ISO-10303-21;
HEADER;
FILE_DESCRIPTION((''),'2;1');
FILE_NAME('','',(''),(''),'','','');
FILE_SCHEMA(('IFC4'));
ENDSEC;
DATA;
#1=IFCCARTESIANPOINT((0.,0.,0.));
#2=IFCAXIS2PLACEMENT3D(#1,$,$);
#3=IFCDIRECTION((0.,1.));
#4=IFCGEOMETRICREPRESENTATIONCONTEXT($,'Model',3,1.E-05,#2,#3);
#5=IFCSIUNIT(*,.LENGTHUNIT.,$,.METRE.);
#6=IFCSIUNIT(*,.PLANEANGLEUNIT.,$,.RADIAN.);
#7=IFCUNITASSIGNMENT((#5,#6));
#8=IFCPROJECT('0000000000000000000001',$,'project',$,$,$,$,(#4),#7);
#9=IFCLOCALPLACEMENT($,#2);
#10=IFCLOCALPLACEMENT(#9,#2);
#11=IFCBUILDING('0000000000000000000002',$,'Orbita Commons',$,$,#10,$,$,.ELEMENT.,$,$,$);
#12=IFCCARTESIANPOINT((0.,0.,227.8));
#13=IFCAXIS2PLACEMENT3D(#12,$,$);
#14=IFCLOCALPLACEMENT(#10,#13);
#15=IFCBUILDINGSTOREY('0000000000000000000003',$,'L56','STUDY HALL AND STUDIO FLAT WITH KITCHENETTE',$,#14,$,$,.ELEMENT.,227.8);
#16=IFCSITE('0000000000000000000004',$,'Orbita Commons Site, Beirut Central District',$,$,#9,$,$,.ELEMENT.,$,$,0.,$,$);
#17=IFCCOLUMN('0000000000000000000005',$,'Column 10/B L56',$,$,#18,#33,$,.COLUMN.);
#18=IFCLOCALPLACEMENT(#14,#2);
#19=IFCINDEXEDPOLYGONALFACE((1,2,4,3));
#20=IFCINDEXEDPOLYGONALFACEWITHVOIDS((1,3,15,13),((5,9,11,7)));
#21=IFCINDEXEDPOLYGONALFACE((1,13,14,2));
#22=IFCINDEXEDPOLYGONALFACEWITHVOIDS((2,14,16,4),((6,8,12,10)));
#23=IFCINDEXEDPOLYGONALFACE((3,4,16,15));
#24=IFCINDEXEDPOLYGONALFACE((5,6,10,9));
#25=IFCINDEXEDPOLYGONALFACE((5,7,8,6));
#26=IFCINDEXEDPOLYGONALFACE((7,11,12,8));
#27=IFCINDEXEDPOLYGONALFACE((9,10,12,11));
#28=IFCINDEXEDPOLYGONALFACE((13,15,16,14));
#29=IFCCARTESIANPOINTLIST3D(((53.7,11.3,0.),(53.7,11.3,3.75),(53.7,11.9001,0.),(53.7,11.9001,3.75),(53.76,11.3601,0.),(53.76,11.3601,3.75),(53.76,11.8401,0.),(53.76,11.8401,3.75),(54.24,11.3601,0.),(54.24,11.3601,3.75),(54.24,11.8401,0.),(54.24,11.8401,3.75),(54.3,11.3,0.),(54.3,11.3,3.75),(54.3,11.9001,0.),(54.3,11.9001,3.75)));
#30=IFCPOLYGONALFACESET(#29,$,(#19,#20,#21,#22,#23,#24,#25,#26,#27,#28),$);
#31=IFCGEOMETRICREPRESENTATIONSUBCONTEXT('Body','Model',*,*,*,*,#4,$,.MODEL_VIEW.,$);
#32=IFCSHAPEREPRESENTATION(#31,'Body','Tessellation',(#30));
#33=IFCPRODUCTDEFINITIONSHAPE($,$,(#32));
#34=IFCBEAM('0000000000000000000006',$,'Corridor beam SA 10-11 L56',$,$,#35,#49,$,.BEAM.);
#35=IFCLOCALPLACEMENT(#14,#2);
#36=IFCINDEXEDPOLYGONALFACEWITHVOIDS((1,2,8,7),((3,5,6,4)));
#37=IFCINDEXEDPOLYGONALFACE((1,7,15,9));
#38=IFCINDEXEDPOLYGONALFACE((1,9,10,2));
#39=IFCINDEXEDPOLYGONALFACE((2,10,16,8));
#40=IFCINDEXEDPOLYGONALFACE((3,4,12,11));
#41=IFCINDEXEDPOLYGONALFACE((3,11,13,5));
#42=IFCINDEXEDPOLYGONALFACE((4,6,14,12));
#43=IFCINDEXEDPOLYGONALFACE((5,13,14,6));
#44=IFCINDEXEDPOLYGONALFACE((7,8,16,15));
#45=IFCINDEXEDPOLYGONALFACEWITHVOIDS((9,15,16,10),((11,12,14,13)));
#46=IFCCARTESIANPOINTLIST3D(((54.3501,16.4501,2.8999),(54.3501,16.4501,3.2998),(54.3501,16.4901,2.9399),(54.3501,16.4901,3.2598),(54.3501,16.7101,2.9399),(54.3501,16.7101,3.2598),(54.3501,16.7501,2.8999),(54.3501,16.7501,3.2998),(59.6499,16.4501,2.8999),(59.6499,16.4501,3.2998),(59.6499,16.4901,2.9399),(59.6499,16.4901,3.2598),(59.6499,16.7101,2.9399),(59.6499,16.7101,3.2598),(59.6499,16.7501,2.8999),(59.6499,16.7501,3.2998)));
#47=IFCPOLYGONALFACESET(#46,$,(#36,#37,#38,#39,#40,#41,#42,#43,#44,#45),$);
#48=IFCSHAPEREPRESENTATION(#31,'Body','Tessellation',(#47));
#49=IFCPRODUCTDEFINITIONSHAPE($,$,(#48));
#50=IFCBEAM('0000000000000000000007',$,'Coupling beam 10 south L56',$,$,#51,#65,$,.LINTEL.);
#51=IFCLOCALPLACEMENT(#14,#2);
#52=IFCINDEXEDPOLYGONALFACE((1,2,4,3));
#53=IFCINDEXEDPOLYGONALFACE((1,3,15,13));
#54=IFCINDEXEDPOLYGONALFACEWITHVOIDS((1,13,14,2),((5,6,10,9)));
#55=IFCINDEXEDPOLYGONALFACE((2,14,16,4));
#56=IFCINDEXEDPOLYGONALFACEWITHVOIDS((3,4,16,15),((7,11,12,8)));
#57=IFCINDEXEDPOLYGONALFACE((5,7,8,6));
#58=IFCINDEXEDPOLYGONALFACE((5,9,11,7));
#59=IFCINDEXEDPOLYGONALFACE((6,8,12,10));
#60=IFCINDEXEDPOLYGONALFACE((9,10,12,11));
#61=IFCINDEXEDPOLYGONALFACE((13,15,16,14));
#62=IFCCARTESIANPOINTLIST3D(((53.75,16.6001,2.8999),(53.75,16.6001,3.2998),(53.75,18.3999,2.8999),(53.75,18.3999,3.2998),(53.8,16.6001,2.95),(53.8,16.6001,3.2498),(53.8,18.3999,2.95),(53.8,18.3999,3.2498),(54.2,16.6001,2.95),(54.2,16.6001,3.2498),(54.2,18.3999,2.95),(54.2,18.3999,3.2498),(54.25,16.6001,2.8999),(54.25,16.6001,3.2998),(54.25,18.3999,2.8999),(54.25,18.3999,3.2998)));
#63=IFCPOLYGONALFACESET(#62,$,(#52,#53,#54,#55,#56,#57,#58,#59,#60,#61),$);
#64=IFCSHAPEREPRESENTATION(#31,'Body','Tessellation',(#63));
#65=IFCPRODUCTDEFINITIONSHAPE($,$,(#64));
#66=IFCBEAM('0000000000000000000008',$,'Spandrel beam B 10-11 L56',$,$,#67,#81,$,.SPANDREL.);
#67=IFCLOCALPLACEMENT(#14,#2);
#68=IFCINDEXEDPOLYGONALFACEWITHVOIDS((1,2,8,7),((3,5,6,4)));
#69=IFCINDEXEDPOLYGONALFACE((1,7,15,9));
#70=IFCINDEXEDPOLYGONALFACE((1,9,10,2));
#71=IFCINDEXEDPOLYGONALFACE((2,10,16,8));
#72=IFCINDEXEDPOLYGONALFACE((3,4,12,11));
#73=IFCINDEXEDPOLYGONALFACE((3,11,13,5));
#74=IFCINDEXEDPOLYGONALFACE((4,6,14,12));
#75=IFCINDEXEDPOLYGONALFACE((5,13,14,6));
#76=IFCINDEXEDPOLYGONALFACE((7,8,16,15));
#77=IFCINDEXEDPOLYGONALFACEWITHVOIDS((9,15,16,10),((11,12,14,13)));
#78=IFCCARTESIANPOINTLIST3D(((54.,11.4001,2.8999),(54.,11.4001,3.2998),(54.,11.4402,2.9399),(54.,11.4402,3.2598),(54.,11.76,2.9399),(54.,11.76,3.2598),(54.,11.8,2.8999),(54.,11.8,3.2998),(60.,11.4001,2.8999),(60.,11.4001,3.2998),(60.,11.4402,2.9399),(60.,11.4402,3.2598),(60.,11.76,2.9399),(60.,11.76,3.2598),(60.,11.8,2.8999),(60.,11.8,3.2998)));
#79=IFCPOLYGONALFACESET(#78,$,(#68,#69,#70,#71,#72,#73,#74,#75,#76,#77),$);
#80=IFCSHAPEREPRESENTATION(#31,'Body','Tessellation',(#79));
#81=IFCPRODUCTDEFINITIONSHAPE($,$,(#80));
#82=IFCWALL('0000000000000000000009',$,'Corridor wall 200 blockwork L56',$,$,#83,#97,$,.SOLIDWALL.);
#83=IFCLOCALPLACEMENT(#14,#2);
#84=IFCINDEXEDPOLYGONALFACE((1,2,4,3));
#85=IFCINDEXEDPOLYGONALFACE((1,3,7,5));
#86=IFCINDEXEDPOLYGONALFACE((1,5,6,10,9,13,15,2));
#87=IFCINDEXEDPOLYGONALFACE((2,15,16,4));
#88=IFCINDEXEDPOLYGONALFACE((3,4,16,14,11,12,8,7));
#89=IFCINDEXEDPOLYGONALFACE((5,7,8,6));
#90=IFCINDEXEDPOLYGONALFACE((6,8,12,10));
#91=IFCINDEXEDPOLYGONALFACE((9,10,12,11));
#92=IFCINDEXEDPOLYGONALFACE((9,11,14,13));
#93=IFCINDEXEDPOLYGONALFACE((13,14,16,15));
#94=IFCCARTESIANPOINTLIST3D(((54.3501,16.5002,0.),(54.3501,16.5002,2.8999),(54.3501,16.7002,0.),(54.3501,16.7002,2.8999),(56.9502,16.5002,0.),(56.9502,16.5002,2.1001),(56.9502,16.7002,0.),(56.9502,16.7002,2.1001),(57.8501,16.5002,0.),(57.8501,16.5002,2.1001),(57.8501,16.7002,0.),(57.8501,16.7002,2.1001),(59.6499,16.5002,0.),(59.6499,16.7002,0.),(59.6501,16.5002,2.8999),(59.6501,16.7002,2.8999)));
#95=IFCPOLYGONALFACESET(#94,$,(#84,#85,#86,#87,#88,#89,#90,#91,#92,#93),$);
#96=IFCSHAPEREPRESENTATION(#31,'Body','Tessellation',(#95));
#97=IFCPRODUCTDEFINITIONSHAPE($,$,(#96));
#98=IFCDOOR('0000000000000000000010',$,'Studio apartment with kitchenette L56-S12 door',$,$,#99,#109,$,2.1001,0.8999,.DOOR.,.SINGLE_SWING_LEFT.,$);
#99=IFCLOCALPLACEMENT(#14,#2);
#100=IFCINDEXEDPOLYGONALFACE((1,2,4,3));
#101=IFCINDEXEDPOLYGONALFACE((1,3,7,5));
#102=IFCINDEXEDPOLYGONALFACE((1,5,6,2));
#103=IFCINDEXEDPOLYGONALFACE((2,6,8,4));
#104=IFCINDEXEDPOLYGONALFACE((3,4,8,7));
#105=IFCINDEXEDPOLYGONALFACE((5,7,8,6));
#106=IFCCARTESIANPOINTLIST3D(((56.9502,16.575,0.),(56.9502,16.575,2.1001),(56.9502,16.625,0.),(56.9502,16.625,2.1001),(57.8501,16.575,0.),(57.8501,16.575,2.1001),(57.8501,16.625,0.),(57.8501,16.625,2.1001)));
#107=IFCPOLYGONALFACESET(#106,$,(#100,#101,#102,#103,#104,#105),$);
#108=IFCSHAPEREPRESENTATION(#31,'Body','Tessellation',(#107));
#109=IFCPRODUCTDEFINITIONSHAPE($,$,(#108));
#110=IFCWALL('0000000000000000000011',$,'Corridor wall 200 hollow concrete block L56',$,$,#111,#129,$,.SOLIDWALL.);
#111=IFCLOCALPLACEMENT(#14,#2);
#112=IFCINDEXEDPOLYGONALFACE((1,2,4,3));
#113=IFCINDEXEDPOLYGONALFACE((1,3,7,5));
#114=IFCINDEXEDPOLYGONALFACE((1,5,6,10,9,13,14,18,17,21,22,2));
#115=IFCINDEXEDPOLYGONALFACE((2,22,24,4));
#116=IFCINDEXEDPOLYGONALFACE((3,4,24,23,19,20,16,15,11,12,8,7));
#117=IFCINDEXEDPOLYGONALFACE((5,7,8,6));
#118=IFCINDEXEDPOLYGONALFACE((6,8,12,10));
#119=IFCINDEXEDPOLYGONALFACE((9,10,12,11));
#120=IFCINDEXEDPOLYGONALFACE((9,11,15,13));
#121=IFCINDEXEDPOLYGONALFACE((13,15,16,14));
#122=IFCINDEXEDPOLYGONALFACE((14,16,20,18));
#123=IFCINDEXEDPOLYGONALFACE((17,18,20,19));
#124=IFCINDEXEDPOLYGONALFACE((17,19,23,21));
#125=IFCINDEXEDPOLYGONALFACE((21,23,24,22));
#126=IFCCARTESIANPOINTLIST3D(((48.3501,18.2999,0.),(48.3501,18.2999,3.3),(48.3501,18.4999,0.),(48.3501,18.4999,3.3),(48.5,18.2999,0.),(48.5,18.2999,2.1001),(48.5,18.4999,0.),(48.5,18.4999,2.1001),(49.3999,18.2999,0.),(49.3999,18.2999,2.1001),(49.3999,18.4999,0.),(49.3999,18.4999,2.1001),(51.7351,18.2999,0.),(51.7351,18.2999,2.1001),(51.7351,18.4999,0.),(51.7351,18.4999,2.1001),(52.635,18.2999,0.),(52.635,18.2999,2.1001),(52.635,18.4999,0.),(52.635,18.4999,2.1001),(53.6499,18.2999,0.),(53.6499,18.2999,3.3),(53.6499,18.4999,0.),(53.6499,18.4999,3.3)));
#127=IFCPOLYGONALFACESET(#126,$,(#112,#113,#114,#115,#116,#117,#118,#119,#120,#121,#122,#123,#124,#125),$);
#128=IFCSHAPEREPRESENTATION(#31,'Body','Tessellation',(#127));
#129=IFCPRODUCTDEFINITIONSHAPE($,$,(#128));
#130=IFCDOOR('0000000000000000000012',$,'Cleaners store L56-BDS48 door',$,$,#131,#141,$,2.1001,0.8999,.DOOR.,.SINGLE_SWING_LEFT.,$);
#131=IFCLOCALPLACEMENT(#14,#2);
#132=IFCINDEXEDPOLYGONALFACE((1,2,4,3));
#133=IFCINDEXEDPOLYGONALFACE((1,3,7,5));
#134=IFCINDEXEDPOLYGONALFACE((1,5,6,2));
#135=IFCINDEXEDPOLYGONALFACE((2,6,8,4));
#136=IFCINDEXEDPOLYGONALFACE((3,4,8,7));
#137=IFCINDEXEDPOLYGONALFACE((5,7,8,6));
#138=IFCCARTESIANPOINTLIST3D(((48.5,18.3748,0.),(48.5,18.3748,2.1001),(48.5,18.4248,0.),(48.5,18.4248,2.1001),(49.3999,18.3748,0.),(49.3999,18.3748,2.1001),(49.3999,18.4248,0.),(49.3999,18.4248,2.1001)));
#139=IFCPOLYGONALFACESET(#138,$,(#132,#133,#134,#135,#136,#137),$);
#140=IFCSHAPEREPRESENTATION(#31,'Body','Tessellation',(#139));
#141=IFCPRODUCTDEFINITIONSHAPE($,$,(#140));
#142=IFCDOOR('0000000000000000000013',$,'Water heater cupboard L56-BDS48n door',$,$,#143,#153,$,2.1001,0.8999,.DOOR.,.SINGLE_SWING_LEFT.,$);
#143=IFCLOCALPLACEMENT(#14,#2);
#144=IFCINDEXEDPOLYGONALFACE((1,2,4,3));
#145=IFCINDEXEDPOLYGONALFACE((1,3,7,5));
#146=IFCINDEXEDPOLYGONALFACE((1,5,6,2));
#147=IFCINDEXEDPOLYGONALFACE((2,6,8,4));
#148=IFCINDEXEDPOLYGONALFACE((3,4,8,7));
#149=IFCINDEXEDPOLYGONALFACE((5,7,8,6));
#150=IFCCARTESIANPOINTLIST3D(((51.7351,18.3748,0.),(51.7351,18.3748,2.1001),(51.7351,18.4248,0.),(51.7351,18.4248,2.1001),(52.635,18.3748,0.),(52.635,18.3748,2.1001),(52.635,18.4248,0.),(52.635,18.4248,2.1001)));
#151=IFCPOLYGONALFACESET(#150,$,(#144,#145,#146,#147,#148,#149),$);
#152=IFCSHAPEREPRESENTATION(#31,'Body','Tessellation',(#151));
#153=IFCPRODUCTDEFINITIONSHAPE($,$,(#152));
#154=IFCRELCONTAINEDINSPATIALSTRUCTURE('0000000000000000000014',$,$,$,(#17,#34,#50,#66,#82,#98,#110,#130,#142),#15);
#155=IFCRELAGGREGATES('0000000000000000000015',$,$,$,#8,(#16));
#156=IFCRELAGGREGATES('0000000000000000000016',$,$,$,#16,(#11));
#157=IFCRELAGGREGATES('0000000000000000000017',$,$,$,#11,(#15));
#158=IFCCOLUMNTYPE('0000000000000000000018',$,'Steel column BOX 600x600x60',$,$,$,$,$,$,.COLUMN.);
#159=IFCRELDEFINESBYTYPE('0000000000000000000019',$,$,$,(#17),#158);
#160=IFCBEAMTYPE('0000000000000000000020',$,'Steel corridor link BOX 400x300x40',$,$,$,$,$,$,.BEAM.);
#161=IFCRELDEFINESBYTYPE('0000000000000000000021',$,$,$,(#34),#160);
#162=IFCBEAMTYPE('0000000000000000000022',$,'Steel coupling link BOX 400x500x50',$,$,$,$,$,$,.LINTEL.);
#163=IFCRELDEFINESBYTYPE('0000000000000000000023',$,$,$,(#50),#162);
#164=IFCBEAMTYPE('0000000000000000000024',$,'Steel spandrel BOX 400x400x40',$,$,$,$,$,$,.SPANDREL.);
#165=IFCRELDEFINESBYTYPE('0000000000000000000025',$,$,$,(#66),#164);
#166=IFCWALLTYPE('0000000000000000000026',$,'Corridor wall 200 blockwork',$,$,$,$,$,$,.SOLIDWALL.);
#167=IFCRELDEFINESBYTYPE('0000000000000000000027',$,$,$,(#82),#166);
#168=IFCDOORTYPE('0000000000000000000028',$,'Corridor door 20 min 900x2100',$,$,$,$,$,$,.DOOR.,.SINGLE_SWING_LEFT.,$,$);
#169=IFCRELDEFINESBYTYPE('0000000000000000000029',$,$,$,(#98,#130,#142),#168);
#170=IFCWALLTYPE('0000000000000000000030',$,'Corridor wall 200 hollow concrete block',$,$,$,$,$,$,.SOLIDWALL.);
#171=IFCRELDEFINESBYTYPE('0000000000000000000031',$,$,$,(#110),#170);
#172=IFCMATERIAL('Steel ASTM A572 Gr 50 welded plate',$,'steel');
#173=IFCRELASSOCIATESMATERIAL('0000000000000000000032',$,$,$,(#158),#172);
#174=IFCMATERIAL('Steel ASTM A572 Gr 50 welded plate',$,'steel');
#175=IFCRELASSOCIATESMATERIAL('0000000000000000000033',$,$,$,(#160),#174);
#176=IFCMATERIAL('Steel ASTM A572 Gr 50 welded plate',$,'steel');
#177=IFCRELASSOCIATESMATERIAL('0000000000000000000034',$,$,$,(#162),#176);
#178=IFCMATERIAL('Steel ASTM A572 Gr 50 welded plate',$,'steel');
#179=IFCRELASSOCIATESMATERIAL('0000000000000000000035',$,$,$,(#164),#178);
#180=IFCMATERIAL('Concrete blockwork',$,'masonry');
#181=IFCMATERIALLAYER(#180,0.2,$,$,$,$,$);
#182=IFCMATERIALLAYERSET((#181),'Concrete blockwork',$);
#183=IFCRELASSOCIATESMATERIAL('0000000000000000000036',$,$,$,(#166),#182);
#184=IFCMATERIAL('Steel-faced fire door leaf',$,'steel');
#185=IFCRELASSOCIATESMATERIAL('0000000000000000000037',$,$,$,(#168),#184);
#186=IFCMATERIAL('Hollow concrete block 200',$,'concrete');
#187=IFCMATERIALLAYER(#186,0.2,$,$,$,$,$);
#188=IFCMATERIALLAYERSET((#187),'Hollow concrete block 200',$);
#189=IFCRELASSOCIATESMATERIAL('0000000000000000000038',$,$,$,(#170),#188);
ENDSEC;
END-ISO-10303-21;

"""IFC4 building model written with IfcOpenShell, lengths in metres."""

from ifc_helpers import new_model, si_unit, direction, frame, frame_2d, origin, origin_2d, place, context, subcontext, project, spatial, polyline, rectangle, hollow_rectangle, outline, extrude, material, layer, layer_set, material_profile, profile_set, type_object, element, fill, save


model = new_model("IFC4")

# Units and contexts
model_context = context("Model", 3, precision=1e-05, world=origin(), true_north=direction((0.0, 1.0)))
body_context = subcontext(model_context, "Body", "Model", "MODEL_VIEW")
ifc_project = project(units=[si_unit("LENGTHUNIT", "METRE"), si_unit("PLANEANGLEUNIT", "RADIAN")], contexts=[model_context])

# Site, building, storey
site_placement = place(None, origin())
site = spatial("IfcSite", under=ifc_project, at=site_placement, Name="Orbita Commons Site, Beirut Central District", CompositionType="ELEMENT", RefElevation=0.0)
building_placement = place(site_placement, origin())
building = spatial("IfcBuilding", under=site, at=building_placement, Name="Orbita Commons", CompositionType="ELEMENT")
storey_placement = place(building_placement, frame((0.0, 0.0, 227.8)))
storey = spatial("IfcBuildingStorey", under=building, at=storey_placement, Name="L56", Description="STUDY HALL AND STUDIO FLAT WITH KITCHENETTE", CompositionType="ELEMENT", Elevation=227.8)

# Column
ifc_material_1 = material(Name="Steel ASTM A572 Gr 50 welded plate", Category="steel")
ifc_material_profile_1 = material_profile(ifc_material_1, hollow_rectangle(XDim=0.6001, YDim=0.6001, WallThickness=0.0601, at=origin_2d()), Name="BOX 600x600x60")
ifc_profile_set_1 = profile_set([ifc_material_profile_1], Name="Steel ASTM A572 Gr 50 welded plate")
column_type = type_object("IfcColumnType", Name="Steel column BOX 600x600x60", PredefinedType="COLUMN", material=ifc_profile_set_1)
column_placement = place(storey_placement, frame((54.0, 11.6001, 0.0), z_axis=(0.0, 0.0, 1.0), x_axis=(1.0, 0.0, 0.0)))
element("IfcColumn", 1, at=column_placement, inside=storey, type_object=column_type, Name="Column 10/B L56", PredefinedType="COLUMN", context=body_context, shape_type="SweptSolid", body=[
    extrude(hollow_rectangle(XDim=0.6001, YDim=0.6001, WallThickness=0.0601, at=origin_2d()), origin(), (0.0, 0.0, 1.0), 3.75),
])

# Beams
ifc_material_2 = material(Name="Steel ASTM A572 Gr 50 welded plate", Category="steel")
ifc_material_profile_2 = material_profile(ifc_material_2, hollow_rectangle(XDim=0.3, YDim=0.3999, WallThickness=0.04, at=origin_2d()), Name="BOX 400x300x40")
ifc_profile_set_2 = profile_set([ifc_material_profile_2], Name="Steel ASTM A572 Gr 50 welded plate")
beam_type_1 = type_object("IfcBeamType", Name="Steel corridor link BOX 400x300x40", PredefinedType="BEAM", material=ifc_profile_set_2)
beam_1_placement = place(storey_placement, frame((54.3501, 16.6001, 3.0999), z_axis=(1.0, 0.0, 0.0), x_axis=(0.0, 1.0, 0.0)))
element("IfcBeam", 2, at=beam_1_placement, inside=storey, type_object=beam_type_1, Name="Corridor beam SA 10-11 L56", PredefinedType="BEAM", context=body_context, shape_type="SweptSolid", body=[
    extrude(hollow_rectangle(XDim=0.3, YDim=0.3999, WallThickness=0.04, at=origin_2d()), origin(), (0.0, 0.0, 1.0), 5.2998),
])
ifc_material_3 = material(Name="Steel ASTM A572 Gr 50 welded plate", Category="steel")
ifc_material_profile_3 = material_profile(ifc_material_3, hollow_rectangle(XDim=0.5, YDim=0.3999, WallThickness=0.05, at=origin_2d()), Name="BOX 400x500x50")
ifc_profile_set_3 = profile_set([ifc_material_profile_3], Name="Steel ASTM A572 Gr 50 welded plate")
beam_type_2 = type_object("IfcBeamType", Name="Steel coupling link BOX 400x500x50", PredefinedType="LINTEL", material=ifc_profile_set_3)
beam_2_placement = place(storey_placement, frame((54.0, 16.6001, 3.0999), z_axis=(0.0, 1.0, 0.0), x_axis=(-1.0, 0.0, 0.0)))
element("IfcBeam", 3, at=beam_2_placement, inside=storey, type_object=beam_type_2, Name="Coupling beam 10 south L56", PredefinedType="LINTEL", context=body_context, shape_type="SweptSolid", body=[
    extrude(hollow_rectangle(XDim=0.5, YDim=0.3999, WallThickness=0.05, at=origin_2d()), origin(), (0.0, 0.0, 1.0), 1.7998),
])
ifc_material_4 = material(Name="Steel ASTM A572 Gr 50 welded plate", Category="steel")
ifc_material_profile_4 = material_profile(ifc_material_4, hollow_rectangle(XDim=0.3999, YDim=0.3999, WallThickness=0.04, at=origin_2d()), Name="BOX 400x400x40")
ifc_profile_set_4 = profile_set([ifc_material_profile_4], Name="Steel ASTM A572 Gr 50 welded plate")
beam_type_3 = type_object("IfcBeamType", Name="Steel spandrel BOX 400x400x40", PredefinedType="SPANDREL", material=ifc_profile_set_4)
beam_3_placement = place(storey_placement, frame((54.0, 11.6001, 3.0999), z_axis=(1.0, 0.0, 0.0), x_axis=(0.0, 1.0, 0.0)))
element("IfcBeam", 4, at=beam_3_placement, inside=storey, type_object=beam_type_3, Name="Spandrel beam B 10-11 L56", PredefinedType="SPANDREL", context=body_context, shape_type="SweptSolid", body=[
    extrude(hollow_rectangle(XDim=0.3999, YDim=0.3999, WallThickness=0.04, at=origin_2d()), origin(), (0.0, 0.0, 1.0), 6.0),
])

# Wall, opening, door
ifc_material_5 = material(Name="Concrete blockwork", Category="masonry")
ifc_layer_1 = layer(ifc_material_5, 0.2)
ifc_layer_set_1 = layer_set([ifc_layer_1], Name="Concrete blockwork")
wall_type_1 = type_object("IfcWallType", Name="Corridor wall 200 blockwork", PredefinedType="SOLIDWALL", material=ifc_layer_set_1)
wall_1_placement = place(storey_placement, frame((54.3501, 16.6001, 0.0), z_axis=(0.0, 0.0, 1.0), x_axis=(1.0, 0.0, 0.0)))
wall_1 = element("IfcWall", 5, at=wall_1_placement, inside=storey, type_object=wall_type_1, Name="Corridor wall 200 blockwork L56", PredefinedType="SOLIDWALL", context=body_context, shape_type="SweptSolid", body=[
    extrude(outline(polyline([(0.0, 0.0), (5.2998, 0.0), (5.3, 2.8999), (0.0, 2.8999), (0.0, 0.0)])), frame((0.0, 0.1001, 0.0), z_axis=(0.0, -1.0, 0.0), x_axis=(1.0, 0.0, 0.0)), (0.0, 0.0, 1.0), 0.2),
])
opening_1_placement = place(wall_1_placement, frame((2.6001, 0.0, 0.0)))
opening_1 = element("IfcOpeningElement", 6, at=opening_1_placement, cuts=wall_1, PredefinedType="OPENING", context=body_context, shape_type="SweptSolid", body=[
    extrude(rectangle(XDim=0.8999, YDim=2.1001, at=frame_2d((0.45, 1.05))), frame((0.0, 0.1099, 0.0), z_axis=(0.0, -1.0, 0.0), x_axis=(1.0, 0.0, 0.0)), (0.0, 0.0, 1.0), 0.22),
])
ifc_material_6 = material(Name="Steel-faced fire door leaf", Category="steel")
door_type_1 = type_object("IfcDoorType", Name="Corridor door 20 min 900x2100", OperationType="SINGLE_SWING_LEFT", PredefinedType="DOOR", material=ifc_material_6)
door_1_placement = place(opening_1_placement, origin())
door_1 = element("IfcDoor", 7, at=door_1_placement, inside=storey, type_object=door_type_1, Name="Studio apartment with kitchenette L56-S12 door", OperationType="SINGLE_SWING_LEFT", OverallHeight=2.1001, OverallWidth=0.8999, PredefinedType="DOOR", context=body_context, shape_type="SweptSolid", body=[
    extrude(rectangle(XDim=0.8999, YDim=2.1001, at=frame_2d((0.45, 1.05))), frame((0.0, 0.0249, 0.0), z_axis=(0.0, -1.0, 0.0), x_axis=(1.0, 0.0, 0.0)), (0.0, 0.0, 1.0), 0.05),
])
fill(opening_1, door_1)

# Wall, openings, doors
ifc_material_7 = material(Name="Hollow concrete block 200", Category="concrete")
ifc_layer_2 = layer(ifc_material_7, 0.2)
ifc_layer_set_2 = layer_set([ifc_layer_2], Name="Hollow concrete block 200")
wall_type_2 = type_object("IfcWallType", Name="Corridor wall 200 hollow concrete block", PredefinedType="SOLIDWALL", material=ifc_layer_set_2)
wall_2_placement = place(storey_placement, frame((48.3501, 18.3999, 0.0), z_axis=(0.0, 0.0, 1.0), x_axis=(1.0, 0.0, 0.0)))
wall_2 = element("IfcWall", 8, at=wall_2_placement, inside=storey, type_object=wall_type_2, Name="Corridor wall 200 hollow concrete block L56", PredefinedType="SOLIDWALL", context=body_context, shape_type="SweptSolid", body=[
    extrude(rectangle(XDim=5.2998, YDim=0.2, at=frame_2d((2.6499, 0.0))), origin(), (0.0, 0.0, 1.0), 3.3),
])
opening_2_placement = place(wall_2_placement, frame((0.1499, 0.0, 0.0)))
opening_2 = element("IfcOpeningElement", 9, at=opening_2_placement, cuts=wall_2, PredefinedType="OPENING", context=body_context, shape_type="SweptSolid", body=[
    extrude(rectangle(XDim=0.8999, YDim=2.1001, at=frame_2d((0.45, 1.05))), frame((0.0, 0.1099, 0.0), z_axis=(0.0, -1.0, 0.0), x_axis=(1.0, 0.0, 0.0)), (0.0, 0.0, 1.0), 0.22),
])
opening_3_placement = place(wall_2_placement, frame((3.385, 0.0, 0.0)))
opening_3 = element("IfcOpeningElement", 10, at=opening_3_placement, cuts=wall_2, PredefinedType="OPENING", context=body_context, shape_type="SweptSolid", body=[
    extrude(rectangle(XDim=0.8999, YDim=2.1001, at=frame_2d((0.45, 1.05))), frame((0.0, 0.1099, 0.0), z_axis=(0.0, -1.0, 0.0), x_axis=(1.0, 0.0, 0.0)), (0.0, 0.0, 1.0), 0.22),
])
door_2_placement = place(opening_2_placement, origin())
door_2 = element("IfcDoor", 11, at=door_2_placement, inside=storey, type_object=door_type_1, Name="Cleaners store L56-BDS48 door", OperationType="SINGLE_SWING_LEFT", OverallHeight=2.1001, OverallWidth=0.8999, PredefinedType="DOOR", context=body_context, shape_type="SweptSolid", body=[
    extrude(rectangle(XDim=0.8999, YDim=2.1001, at=frame_2d((0.45, 1.05))), frame((0.0, 0.0249, 0.0), z_axis=(0.0, -1.0, 0.0), x_axis=(1.0, 0.0, 0.0)), (0.0, 0.0, 1.0), 0.05),
])
fill(opening_2, door_2)
door_3_placement = place(opening_3_placement, origin())
door_3 = element("IfcDoor", 12, at=door_3_placement, inside=storey, type_object=door_type_1, Name="Water heater cupboard L56-BDS48n door", OperationType="SINGLE_SWING_LEFT", OverallHeight=2.1001, OverallWidth=0.8999, PredefinedType="DOOR", context=body_context, shape_type="SweptSolid", body=[
    extrude(rectangle(XDim=0.8999, YDim=2.1001, at=frame_2d((0.45, 1.05))), frame((0.0, 0.0249, 0.0), z_axis=(0.0, -1.0, 0.0), x_axis=(1.0, 0.0, 0.0)), (0.0, 0.0, 1.0), 0.05),
])
fill(opening_3, door_3)

save(model, "model.ifc")
